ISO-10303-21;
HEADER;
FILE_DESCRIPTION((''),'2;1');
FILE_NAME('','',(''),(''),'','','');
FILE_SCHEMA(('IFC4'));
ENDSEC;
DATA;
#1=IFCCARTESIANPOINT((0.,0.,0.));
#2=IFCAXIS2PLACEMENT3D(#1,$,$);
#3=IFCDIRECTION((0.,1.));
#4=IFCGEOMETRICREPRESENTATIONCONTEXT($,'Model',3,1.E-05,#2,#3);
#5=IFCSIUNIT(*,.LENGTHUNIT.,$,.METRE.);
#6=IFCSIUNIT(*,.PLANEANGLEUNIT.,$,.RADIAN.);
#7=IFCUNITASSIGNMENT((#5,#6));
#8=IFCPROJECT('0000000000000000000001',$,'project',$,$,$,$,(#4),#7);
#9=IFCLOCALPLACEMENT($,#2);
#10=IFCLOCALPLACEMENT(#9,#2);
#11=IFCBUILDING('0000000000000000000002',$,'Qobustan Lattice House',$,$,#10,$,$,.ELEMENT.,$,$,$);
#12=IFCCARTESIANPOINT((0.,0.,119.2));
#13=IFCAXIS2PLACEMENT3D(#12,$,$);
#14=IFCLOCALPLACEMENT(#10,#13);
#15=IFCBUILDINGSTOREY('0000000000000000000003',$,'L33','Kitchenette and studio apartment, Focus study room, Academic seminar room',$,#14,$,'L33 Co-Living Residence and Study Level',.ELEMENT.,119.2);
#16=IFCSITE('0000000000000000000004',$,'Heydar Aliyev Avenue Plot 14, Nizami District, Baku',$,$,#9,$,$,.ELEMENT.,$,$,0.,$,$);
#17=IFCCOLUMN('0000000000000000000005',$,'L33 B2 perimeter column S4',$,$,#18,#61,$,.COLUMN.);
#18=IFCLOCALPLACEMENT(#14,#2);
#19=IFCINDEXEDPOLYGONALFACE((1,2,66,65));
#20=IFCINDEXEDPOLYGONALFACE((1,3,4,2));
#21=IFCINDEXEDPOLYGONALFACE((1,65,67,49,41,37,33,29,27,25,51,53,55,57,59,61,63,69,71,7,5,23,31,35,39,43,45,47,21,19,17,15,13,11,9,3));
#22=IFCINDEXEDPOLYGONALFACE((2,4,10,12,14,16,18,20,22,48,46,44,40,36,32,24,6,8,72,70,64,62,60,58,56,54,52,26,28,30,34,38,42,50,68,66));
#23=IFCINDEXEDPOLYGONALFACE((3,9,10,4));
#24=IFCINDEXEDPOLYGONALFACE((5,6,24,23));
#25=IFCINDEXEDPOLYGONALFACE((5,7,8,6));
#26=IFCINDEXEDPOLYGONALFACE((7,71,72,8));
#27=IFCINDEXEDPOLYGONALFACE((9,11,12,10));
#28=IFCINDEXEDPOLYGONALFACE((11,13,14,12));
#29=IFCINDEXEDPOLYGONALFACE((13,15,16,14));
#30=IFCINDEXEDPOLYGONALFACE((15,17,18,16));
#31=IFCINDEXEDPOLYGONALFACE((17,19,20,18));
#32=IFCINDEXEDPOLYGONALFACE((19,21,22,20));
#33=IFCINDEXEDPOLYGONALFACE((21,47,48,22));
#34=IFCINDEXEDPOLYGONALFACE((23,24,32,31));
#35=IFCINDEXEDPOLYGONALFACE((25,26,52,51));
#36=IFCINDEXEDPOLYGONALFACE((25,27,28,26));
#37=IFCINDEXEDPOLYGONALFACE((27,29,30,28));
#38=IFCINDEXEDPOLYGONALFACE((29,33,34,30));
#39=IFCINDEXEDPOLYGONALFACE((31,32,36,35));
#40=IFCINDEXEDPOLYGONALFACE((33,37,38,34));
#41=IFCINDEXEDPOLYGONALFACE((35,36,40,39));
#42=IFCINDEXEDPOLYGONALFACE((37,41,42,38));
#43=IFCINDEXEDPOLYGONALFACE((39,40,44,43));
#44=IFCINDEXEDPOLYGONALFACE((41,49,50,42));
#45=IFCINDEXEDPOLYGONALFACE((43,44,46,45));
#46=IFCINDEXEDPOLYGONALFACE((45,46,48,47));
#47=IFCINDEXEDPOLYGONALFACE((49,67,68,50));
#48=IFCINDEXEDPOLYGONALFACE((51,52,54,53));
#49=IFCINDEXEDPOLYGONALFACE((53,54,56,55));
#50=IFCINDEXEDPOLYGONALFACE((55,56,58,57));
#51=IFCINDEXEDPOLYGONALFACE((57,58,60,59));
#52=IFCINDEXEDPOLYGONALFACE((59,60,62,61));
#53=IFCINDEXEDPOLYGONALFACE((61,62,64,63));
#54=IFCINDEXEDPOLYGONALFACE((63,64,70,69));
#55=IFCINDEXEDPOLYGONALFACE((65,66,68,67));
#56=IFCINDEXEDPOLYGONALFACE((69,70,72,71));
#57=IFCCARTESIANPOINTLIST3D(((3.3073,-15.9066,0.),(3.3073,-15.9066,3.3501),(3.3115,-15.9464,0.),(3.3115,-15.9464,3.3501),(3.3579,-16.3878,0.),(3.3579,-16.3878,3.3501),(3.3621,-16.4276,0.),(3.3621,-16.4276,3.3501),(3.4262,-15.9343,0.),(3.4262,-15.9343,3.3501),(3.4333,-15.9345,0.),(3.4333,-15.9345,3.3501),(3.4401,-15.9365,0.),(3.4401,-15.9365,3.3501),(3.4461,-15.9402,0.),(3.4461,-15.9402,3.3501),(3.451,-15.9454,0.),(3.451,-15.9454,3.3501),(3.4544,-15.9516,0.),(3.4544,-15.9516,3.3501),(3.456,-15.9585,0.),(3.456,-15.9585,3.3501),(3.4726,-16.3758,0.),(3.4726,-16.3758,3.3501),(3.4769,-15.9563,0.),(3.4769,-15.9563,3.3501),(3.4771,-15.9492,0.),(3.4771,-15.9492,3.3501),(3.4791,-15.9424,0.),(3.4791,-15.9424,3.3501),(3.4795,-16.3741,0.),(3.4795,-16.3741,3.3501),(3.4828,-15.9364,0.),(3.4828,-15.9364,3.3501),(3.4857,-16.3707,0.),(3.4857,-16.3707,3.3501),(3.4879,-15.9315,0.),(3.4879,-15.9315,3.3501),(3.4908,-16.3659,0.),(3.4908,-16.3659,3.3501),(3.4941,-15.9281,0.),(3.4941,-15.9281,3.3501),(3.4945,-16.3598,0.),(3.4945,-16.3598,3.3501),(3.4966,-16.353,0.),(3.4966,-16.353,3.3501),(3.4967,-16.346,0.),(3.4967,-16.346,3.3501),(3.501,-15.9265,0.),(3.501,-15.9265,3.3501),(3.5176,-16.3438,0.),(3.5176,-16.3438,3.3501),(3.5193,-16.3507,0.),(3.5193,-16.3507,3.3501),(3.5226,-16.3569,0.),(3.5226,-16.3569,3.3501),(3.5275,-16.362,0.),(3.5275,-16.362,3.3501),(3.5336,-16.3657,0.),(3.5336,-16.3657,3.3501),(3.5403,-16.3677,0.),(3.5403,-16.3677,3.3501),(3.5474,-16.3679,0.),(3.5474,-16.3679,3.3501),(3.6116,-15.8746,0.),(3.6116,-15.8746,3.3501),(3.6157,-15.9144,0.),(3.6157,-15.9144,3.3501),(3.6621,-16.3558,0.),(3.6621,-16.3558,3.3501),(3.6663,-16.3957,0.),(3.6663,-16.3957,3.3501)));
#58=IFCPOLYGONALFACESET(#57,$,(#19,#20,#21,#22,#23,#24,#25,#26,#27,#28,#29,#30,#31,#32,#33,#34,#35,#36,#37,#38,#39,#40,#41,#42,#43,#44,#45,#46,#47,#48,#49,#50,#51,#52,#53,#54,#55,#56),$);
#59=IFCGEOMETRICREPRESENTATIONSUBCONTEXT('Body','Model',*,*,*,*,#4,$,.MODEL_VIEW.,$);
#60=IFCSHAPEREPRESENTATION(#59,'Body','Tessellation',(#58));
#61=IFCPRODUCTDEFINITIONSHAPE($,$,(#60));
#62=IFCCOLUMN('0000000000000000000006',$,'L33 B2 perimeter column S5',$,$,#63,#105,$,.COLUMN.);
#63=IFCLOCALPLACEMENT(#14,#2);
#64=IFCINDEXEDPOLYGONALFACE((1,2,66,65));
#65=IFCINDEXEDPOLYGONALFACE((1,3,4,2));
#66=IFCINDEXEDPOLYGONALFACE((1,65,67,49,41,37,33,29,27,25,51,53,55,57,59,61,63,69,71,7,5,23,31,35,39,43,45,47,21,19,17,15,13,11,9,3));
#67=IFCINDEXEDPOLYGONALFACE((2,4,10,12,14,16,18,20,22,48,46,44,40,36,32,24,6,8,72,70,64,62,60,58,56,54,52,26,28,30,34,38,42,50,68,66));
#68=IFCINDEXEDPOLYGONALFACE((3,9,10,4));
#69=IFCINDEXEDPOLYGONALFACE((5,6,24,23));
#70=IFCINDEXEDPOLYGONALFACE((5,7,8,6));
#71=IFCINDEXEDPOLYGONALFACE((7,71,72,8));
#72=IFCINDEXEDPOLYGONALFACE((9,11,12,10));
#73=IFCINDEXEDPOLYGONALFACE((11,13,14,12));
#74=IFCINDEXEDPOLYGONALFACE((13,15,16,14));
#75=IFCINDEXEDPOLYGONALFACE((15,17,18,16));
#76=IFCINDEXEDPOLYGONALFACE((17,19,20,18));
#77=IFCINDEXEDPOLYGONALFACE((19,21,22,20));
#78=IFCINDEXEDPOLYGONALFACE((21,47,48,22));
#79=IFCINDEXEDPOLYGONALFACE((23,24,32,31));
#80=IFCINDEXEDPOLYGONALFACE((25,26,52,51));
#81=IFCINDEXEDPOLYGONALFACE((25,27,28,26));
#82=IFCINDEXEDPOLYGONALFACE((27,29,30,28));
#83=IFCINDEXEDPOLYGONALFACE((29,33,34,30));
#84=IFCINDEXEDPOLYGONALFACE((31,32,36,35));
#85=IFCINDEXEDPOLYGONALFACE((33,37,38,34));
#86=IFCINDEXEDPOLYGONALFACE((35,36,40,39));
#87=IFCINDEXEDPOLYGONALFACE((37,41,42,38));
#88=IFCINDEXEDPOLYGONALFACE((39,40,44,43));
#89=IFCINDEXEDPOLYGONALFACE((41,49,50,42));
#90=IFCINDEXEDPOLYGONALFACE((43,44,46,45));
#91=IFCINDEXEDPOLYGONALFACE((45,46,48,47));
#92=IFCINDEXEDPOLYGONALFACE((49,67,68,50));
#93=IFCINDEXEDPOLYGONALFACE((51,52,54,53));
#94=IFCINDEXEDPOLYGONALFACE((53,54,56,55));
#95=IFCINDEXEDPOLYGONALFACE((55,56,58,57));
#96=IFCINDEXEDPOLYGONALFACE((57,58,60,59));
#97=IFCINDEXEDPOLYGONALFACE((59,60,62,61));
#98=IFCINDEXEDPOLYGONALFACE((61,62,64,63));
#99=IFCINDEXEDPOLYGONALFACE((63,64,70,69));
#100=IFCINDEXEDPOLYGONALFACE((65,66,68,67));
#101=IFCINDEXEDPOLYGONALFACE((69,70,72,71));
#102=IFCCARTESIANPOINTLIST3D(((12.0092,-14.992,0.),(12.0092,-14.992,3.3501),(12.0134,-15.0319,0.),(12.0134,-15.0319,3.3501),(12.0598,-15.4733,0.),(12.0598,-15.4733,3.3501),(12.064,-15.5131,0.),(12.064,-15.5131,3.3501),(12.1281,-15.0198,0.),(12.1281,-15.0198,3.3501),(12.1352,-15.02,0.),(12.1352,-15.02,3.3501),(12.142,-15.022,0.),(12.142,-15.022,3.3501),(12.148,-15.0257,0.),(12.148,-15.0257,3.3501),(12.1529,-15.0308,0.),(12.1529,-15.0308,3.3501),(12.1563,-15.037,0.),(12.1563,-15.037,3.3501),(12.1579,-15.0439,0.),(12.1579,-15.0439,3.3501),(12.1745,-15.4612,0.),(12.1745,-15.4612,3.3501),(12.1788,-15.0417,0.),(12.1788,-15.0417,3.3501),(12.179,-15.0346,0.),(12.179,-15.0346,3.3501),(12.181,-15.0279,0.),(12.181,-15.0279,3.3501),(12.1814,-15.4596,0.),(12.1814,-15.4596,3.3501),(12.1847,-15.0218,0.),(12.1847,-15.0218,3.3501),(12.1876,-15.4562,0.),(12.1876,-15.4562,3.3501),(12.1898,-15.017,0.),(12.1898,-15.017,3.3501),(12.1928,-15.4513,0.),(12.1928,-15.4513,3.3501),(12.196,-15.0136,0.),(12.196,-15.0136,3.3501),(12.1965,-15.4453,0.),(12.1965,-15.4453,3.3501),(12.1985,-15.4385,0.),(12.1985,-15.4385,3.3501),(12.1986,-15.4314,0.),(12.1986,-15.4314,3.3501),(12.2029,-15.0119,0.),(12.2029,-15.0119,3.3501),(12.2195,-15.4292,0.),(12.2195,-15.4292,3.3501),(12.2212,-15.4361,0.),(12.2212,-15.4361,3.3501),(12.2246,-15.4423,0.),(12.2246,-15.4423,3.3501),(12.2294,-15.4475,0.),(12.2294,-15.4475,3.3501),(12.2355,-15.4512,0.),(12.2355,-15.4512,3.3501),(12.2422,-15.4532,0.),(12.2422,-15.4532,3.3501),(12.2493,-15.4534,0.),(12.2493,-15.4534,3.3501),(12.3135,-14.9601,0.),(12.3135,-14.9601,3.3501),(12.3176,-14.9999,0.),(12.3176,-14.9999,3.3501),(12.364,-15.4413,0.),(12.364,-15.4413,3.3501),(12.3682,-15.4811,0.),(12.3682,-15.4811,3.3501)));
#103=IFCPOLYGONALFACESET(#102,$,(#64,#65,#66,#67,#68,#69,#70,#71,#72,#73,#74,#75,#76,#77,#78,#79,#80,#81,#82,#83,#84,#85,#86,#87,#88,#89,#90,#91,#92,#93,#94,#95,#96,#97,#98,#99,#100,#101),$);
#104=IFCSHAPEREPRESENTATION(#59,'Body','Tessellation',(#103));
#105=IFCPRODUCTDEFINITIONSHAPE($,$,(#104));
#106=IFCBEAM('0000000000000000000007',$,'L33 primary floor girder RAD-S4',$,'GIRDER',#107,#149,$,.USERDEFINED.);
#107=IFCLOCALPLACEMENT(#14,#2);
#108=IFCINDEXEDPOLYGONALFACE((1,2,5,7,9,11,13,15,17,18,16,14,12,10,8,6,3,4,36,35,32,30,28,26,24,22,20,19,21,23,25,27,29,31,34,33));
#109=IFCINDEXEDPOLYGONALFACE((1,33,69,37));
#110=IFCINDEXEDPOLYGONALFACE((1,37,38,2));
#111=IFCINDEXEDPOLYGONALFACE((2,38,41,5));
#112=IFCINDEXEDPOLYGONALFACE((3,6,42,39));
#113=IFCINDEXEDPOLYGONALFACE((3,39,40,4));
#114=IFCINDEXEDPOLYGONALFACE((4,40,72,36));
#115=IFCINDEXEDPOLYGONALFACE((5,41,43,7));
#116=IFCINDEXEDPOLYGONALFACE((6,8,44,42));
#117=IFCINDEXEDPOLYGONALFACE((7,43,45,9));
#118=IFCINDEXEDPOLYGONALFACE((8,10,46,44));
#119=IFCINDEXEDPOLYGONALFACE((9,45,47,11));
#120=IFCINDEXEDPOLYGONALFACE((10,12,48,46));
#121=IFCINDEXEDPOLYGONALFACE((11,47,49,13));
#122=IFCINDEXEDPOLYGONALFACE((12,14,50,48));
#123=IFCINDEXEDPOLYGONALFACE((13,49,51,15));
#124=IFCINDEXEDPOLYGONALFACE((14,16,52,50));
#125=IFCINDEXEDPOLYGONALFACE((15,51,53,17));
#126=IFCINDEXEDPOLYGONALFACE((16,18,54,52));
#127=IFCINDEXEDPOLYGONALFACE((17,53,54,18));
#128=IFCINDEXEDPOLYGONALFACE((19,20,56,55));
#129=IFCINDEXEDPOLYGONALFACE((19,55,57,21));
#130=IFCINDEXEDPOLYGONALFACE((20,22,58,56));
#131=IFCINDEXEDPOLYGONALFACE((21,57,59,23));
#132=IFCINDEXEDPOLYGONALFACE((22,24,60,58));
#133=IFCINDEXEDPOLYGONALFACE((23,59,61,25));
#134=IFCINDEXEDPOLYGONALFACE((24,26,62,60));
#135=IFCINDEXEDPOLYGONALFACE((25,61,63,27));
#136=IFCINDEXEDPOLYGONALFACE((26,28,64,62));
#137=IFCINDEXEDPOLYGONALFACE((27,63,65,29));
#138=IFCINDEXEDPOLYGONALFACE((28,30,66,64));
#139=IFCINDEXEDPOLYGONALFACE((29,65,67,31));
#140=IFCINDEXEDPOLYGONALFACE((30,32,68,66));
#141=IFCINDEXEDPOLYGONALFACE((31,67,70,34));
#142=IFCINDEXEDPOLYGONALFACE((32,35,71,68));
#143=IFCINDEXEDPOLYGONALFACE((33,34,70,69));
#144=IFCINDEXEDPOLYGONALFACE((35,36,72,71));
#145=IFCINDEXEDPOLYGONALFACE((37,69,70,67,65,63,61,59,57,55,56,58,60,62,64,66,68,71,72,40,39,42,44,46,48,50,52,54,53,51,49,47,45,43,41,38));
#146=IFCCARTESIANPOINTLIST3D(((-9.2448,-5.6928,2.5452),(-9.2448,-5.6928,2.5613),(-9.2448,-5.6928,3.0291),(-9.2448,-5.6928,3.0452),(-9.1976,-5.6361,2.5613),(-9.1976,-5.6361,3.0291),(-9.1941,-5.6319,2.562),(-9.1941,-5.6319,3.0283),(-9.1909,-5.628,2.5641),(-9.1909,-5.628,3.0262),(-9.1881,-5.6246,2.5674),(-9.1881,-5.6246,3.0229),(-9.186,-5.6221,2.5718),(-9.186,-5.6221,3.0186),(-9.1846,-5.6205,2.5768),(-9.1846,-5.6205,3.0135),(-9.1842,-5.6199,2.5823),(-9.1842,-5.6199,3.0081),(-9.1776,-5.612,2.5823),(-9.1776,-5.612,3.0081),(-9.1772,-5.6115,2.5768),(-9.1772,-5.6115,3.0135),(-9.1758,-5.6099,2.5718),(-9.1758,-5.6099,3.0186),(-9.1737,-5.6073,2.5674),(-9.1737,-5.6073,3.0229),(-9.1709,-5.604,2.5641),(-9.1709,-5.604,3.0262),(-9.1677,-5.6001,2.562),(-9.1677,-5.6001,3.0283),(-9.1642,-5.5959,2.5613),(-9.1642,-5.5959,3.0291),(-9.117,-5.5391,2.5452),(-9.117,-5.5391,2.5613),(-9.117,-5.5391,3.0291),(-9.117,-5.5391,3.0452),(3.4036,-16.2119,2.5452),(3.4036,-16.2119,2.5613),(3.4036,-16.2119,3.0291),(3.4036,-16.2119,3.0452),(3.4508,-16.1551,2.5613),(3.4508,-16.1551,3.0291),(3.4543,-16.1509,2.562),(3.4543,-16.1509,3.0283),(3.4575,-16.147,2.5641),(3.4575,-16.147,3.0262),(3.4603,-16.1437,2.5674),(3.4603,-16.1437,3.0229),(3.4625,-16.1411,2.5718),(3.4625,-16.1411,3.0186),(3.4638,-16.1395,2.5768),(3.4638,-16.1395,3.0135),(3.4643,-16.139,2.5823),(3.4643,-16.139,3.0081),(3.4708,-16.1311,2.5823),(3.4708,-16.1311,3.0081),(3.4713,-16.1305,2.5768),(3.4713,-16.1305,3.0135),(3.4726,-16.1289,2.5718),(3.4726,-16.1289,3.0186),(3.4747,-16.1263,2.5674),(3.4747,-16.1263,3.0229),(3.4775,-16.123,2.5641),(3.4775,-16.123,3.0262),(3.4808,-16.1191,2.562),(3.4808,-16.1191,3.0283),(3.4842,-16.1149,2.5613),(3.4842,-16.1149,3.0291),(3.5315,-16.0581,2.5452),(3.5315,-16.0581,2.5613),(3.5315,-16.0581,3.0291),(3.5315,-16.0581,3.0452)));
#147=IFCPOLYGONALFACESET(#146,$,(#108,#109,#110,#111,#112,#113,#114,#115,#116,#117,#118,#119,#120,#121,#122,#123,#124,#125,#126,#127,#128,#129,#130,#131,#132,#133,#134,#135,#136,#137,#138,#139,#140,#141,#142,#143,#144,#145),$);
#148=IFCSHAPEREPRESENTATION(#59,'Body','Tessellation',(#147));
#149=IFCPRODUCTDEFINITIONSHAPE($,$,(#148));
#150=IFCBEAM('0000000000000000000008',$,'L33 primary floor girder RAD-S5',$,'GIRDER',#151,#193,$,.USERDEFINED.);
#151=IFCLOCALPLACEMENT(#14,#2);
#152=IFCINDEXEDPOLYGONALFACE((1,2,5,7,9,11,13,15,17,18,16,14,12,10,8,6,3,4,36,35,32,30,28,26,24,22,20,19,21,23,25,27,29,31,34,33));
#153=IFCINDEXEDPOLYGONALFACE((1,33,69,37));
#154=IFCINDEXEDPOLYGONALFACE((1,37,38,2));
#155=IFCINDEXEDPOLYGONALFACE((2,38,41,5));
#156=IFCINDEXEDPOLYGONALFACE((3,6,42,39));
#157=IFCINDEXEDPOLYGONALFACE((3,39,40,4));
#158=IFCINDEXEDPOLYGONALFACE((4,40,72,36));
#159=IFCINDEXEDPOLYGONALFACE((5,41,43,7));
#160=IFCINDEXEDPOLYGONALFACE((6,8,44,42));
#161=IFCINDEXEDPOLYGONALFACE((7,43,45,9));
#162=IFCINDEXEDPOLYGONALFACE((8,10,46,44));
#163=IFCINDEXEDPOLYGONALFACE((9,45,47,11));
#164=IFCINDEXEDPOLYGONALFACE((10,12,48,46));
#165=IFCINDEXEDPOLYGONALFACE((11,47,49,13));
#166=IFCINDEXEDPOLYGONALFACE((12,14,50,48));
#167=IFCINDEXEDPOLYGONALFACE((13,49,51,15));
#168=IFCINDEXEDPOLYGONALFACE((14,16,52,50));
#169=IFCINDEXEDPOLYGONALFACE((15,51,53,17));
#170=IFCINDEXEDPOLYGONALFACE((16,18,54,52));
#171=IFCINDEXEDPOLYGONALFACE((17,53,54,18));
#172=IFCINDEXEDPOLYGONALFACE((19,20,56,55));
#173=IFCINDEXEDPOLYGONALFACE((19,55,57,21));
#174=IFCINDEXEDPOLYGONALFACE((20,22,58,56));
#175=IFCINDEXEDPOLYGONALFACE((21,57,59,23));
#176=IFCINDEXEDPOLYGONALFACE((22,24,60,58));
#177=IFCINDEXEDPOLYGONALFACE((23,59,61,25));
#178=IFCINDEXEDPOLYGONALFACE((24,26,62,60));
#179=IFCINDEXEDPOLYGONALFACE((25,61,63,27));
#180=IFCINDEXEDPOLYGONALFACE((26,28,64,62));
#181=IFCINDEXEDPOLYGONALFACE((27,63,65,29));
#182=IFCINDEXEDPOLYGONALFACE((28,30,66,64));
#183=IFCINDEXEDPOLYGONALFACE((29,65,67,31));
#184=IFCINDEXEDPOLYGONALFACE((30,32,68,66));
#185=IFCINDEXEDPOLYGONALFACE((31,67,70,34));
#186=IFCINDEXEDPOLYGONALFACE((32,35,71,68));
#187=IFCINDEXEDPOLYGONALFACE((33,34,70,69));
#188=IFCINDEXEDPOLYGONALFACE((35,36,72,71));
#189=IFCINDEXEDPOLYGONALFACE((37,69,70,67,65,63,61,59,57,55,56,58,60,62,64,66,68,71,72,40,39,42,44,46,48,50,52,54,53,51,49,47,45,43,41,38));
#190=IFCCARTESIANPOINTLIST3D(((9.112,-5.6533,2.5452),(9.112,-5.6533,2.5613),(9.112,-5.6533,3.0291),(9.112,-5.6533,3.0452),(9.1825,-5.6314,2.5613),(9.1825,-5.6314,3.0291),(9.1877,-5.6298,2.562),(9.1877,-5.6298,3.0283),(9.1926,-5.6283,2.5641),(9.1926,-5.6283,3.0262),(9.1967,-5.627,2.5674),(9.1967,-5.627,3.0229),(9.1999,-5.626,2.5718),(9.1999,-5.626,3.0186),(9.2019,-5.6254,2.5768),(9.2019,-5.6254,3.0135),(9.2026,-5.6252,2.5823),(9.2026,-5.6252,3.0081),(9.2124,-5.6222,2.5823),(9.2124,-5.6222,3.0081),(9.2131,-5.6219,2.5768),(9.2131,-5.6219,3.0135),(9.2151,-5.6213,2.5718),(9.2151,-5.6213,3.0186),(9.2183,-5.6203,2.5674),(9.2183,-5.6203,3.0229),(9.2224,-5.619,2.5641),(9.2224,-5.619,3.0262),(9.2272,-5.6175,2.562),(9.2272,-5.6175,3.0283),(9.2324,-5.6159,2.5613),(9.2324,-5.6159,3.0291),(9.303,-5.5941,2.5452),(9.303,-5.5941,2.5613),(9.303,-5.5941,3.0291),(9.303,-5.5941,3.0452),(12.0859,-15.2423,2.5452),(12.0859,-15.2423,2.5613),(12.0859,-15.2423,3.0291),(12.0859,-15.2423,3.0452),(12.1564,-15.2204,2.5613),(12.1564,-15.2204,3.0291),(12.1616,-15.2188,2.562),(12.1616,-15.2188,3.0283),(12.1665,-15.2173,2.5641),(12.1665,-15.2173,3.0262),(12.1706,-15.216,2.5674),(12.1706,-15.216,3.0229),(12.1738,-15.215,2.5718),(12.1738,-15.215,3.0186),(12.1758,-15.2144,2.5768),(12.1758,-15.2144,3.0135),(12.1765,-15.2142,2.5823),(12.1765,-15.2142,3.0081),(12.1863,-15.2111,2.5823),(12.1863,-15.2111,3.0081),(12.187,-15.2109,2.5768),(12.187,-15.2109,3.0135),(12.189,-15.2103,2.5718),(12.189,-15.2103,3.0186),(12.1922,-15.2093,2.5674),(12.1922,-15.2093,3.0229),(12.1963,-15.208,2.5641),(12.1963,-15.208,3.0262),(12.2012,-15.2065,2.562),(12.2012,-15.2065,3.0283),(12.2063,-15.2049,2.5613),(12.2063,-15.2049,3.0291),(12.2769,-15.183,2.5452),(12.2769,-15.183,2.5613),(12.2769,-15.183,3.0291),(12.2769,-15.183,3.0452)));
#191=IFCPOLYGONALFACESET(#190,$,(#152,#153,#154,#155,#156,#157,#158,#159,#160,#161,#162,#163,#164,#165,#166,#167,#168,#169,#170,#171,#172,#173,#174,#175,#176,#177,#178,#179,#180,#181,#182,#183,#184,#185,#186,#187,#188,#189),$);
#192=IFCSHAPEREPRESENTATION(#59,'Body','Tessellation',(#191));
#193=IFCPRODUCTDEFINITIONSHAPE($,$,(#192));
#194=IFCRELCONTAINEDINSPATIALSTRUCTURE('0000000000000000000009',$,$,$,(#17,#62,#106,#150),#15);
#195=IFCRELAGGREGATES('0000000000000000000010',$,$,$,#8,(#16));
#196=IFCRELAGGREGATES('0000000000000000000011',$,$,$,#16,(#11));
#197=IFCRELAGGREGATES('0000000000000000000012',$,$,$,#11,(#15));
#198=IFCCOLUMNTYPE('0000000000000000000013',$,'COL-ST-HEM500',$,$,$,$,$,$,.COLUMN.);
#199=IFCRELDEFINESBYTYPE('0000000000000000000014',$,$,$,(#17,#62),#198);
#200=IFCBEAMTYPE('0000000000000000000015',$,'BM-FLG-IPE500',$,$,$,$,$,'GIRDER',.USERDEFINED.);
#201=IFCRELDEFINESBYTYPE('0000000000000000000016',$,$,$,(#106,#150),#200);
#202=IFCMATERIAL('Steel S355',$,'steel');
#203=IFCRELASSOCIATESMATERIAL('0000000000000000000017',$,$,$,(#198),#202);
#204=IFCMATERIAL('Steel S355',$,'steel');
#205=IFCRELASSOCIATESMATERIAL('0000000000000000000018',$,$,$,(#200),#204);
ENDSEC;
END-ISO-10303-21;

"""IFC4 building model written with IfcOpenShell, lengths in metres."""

from ifc_helpers import new_model, si_unit, direction, frame, origin, origin_2d, place, context, subcontext, project, spatial, i_section, extrude, material, material_profile, profile_set, type_object, element, save


model = new_model("IFC4")

# Units and contexts
model_context = context("Model", 3, precision=1e-05, world=origin(), true_north=direction((0.0, 1.0)))
body_context = subcontext(model_context, "Body", "Model", "MODEL_VIEW")
ifc_project = project(units=[si_unit("LENGTHUNIT", "METRE"), si_unit("PLANEANGLEUNIT", "RADIAN")], contexts=[model_context])

# Site, building, storey
site_placement = place(None, origin())
site = spatial("IfcSite", under=ifc_project, at=site_placement, Name="Heydar Aliyev Avenue Plot 14, Nizami District, Baku", CompositionType="ELEMENT", RefElevation=0.0)
building_placement = place(site_placement, origin())
building = spatial("IfcBuilding", under=site, at=building_placement, Name="Qobustan Lattice House", CompositionType="ELEMENT")
storey_placement = place(building_placement, frame((0.0, 0.0, 119.2)))
storey = spatial("IfcBuildingStorey", under=building, at=storey_placement, Name="L33", Description="Kitchenette and studio apartment, Focus study room, Academic seminar room", LongName="L33 Co-Living Residence and Study Level", CompositionType="ELEMENT", Elevation=119.2)

# Columns
ifc_material_1 = material(Name="Steel S355", Category="steel")
ifc_material_profile_1 = material_profile(ifc_material_1, i_section(OverallWidth=0.3059, OverallDepth=0.5239, WebThickness=0.021, FlangeThickness=0.04, FilletRadius=0.0271, at=origin_2d()), Name="HEM500")
ifc_profile_set_1 = profile_set([ifc_material_profile_1], Name="Steel S355")
column_type = type_object("IfcColumnType", Name="COL-ST-HEM500", PredefinedType="COLUMN", material=ifc_profile_set_1)
for number, where, z_axis, x_axis, name in (
    (1, (3.4868, -16.1511, 0.0), (0.0, 0.0, 1.0), (0.994522, 0.104528, 0.0), "L33 B2 perimeter column S4"),
    (2, (12.1887, -15.2366, 0.0), (0.0, 0.0, 1.0), (0.994522, 0.104528, 0.0), "L33 B2 perimeter column S5"),
):
    element("IfcColumn", number, at=place(storey_placement, frame(where, z_axis=z_axis, x_axis=x_axis)), inside=storey, type_object=column_type, Name=name, PredefinedType="COLUMN", context=body_context, shape_type="SweptSolid", body=[
        extrude(i_section(OverallWidth=0.3059, OverallDepth=0.5239, WebThickness=0.021, FlangeThickness=0.04, FilletRadius=0.0271, at=origin_2d()), origin(), (0.0, 0.0, 1.0), 3.3501),
    ])

# Beams
ifc_material_2 = material(Name="Steel S355", Category="steel")
ifc_material_profile_2 = material_profile(ifc_material_2, i_section(OverallWidth=0.2, OverallDepth=0.5, WebThickness=0.0103, FlangeThickness=0.0161, FilletRadius=0.021, at=origin_2d()), Name="IPE500")
ifc_profile_set_2 = profile_set([ifc_material_profile_2], Name="Steel S355")
beam_type_1 = type_object("IfcBeamType", Name="BM-FLG-IPE500", ElementType="GIRDER", PredefinedType="USERDEFINED", material=ifc_profile_set_2)
beam_1_placement = place(storey_placement, frame((3.4675, -16.135, 2.7952), z_axis=(-0.768858, 0.639419, 0.0), x_axis=(-0.639419, -0.768858, 0.0)))
element("IfcBeam", 3, at=beam_1_placement, inside=storey, type_object=beam_type_1, Name="L33 primary floor girder RAD-S4", ObjectType="GIRDER", PredefinedType="USERDEFINED", context=body_context, shape_type="SweptSolid", body=[
    extrude(i_section(OverallWidth=0.2, OverallDepth=0.5, WebThickness=0.0103, FlangeThickness=0.0161, FilletRadius=0.021, at=origin_2d()), origin(), (0.0, 0.0, 1.0), 16.4509),
])
beam_2_placement = place(storey_placement, frame((12.1814, -15.2126, 2.7952), z_axis=(-0.296219, 0.95512, 0.0), x_axis=(-0.95512, -0.296219, 0.0)))
element("IfcBeam", 4, at=beam_2_placement, inside=storey, type_object=beam_type_1, Name="L33 primary floor girder RAD-S5", ObjectType="GIRDER", PredefinedType="USERDEFINED", context=body_context, shape_type="SweptSolid", body=[
    extrude(i_section(OverallWidth=0.2, OverallDepth=0.5, WebThickness=0.0103, FlangeThickness=0.0161, FilletRadius=0.021, at=origin_2d()), origin(), (0.0, 0.0, 1.0), 10.0396),
])

save(model, "model.ifc")
